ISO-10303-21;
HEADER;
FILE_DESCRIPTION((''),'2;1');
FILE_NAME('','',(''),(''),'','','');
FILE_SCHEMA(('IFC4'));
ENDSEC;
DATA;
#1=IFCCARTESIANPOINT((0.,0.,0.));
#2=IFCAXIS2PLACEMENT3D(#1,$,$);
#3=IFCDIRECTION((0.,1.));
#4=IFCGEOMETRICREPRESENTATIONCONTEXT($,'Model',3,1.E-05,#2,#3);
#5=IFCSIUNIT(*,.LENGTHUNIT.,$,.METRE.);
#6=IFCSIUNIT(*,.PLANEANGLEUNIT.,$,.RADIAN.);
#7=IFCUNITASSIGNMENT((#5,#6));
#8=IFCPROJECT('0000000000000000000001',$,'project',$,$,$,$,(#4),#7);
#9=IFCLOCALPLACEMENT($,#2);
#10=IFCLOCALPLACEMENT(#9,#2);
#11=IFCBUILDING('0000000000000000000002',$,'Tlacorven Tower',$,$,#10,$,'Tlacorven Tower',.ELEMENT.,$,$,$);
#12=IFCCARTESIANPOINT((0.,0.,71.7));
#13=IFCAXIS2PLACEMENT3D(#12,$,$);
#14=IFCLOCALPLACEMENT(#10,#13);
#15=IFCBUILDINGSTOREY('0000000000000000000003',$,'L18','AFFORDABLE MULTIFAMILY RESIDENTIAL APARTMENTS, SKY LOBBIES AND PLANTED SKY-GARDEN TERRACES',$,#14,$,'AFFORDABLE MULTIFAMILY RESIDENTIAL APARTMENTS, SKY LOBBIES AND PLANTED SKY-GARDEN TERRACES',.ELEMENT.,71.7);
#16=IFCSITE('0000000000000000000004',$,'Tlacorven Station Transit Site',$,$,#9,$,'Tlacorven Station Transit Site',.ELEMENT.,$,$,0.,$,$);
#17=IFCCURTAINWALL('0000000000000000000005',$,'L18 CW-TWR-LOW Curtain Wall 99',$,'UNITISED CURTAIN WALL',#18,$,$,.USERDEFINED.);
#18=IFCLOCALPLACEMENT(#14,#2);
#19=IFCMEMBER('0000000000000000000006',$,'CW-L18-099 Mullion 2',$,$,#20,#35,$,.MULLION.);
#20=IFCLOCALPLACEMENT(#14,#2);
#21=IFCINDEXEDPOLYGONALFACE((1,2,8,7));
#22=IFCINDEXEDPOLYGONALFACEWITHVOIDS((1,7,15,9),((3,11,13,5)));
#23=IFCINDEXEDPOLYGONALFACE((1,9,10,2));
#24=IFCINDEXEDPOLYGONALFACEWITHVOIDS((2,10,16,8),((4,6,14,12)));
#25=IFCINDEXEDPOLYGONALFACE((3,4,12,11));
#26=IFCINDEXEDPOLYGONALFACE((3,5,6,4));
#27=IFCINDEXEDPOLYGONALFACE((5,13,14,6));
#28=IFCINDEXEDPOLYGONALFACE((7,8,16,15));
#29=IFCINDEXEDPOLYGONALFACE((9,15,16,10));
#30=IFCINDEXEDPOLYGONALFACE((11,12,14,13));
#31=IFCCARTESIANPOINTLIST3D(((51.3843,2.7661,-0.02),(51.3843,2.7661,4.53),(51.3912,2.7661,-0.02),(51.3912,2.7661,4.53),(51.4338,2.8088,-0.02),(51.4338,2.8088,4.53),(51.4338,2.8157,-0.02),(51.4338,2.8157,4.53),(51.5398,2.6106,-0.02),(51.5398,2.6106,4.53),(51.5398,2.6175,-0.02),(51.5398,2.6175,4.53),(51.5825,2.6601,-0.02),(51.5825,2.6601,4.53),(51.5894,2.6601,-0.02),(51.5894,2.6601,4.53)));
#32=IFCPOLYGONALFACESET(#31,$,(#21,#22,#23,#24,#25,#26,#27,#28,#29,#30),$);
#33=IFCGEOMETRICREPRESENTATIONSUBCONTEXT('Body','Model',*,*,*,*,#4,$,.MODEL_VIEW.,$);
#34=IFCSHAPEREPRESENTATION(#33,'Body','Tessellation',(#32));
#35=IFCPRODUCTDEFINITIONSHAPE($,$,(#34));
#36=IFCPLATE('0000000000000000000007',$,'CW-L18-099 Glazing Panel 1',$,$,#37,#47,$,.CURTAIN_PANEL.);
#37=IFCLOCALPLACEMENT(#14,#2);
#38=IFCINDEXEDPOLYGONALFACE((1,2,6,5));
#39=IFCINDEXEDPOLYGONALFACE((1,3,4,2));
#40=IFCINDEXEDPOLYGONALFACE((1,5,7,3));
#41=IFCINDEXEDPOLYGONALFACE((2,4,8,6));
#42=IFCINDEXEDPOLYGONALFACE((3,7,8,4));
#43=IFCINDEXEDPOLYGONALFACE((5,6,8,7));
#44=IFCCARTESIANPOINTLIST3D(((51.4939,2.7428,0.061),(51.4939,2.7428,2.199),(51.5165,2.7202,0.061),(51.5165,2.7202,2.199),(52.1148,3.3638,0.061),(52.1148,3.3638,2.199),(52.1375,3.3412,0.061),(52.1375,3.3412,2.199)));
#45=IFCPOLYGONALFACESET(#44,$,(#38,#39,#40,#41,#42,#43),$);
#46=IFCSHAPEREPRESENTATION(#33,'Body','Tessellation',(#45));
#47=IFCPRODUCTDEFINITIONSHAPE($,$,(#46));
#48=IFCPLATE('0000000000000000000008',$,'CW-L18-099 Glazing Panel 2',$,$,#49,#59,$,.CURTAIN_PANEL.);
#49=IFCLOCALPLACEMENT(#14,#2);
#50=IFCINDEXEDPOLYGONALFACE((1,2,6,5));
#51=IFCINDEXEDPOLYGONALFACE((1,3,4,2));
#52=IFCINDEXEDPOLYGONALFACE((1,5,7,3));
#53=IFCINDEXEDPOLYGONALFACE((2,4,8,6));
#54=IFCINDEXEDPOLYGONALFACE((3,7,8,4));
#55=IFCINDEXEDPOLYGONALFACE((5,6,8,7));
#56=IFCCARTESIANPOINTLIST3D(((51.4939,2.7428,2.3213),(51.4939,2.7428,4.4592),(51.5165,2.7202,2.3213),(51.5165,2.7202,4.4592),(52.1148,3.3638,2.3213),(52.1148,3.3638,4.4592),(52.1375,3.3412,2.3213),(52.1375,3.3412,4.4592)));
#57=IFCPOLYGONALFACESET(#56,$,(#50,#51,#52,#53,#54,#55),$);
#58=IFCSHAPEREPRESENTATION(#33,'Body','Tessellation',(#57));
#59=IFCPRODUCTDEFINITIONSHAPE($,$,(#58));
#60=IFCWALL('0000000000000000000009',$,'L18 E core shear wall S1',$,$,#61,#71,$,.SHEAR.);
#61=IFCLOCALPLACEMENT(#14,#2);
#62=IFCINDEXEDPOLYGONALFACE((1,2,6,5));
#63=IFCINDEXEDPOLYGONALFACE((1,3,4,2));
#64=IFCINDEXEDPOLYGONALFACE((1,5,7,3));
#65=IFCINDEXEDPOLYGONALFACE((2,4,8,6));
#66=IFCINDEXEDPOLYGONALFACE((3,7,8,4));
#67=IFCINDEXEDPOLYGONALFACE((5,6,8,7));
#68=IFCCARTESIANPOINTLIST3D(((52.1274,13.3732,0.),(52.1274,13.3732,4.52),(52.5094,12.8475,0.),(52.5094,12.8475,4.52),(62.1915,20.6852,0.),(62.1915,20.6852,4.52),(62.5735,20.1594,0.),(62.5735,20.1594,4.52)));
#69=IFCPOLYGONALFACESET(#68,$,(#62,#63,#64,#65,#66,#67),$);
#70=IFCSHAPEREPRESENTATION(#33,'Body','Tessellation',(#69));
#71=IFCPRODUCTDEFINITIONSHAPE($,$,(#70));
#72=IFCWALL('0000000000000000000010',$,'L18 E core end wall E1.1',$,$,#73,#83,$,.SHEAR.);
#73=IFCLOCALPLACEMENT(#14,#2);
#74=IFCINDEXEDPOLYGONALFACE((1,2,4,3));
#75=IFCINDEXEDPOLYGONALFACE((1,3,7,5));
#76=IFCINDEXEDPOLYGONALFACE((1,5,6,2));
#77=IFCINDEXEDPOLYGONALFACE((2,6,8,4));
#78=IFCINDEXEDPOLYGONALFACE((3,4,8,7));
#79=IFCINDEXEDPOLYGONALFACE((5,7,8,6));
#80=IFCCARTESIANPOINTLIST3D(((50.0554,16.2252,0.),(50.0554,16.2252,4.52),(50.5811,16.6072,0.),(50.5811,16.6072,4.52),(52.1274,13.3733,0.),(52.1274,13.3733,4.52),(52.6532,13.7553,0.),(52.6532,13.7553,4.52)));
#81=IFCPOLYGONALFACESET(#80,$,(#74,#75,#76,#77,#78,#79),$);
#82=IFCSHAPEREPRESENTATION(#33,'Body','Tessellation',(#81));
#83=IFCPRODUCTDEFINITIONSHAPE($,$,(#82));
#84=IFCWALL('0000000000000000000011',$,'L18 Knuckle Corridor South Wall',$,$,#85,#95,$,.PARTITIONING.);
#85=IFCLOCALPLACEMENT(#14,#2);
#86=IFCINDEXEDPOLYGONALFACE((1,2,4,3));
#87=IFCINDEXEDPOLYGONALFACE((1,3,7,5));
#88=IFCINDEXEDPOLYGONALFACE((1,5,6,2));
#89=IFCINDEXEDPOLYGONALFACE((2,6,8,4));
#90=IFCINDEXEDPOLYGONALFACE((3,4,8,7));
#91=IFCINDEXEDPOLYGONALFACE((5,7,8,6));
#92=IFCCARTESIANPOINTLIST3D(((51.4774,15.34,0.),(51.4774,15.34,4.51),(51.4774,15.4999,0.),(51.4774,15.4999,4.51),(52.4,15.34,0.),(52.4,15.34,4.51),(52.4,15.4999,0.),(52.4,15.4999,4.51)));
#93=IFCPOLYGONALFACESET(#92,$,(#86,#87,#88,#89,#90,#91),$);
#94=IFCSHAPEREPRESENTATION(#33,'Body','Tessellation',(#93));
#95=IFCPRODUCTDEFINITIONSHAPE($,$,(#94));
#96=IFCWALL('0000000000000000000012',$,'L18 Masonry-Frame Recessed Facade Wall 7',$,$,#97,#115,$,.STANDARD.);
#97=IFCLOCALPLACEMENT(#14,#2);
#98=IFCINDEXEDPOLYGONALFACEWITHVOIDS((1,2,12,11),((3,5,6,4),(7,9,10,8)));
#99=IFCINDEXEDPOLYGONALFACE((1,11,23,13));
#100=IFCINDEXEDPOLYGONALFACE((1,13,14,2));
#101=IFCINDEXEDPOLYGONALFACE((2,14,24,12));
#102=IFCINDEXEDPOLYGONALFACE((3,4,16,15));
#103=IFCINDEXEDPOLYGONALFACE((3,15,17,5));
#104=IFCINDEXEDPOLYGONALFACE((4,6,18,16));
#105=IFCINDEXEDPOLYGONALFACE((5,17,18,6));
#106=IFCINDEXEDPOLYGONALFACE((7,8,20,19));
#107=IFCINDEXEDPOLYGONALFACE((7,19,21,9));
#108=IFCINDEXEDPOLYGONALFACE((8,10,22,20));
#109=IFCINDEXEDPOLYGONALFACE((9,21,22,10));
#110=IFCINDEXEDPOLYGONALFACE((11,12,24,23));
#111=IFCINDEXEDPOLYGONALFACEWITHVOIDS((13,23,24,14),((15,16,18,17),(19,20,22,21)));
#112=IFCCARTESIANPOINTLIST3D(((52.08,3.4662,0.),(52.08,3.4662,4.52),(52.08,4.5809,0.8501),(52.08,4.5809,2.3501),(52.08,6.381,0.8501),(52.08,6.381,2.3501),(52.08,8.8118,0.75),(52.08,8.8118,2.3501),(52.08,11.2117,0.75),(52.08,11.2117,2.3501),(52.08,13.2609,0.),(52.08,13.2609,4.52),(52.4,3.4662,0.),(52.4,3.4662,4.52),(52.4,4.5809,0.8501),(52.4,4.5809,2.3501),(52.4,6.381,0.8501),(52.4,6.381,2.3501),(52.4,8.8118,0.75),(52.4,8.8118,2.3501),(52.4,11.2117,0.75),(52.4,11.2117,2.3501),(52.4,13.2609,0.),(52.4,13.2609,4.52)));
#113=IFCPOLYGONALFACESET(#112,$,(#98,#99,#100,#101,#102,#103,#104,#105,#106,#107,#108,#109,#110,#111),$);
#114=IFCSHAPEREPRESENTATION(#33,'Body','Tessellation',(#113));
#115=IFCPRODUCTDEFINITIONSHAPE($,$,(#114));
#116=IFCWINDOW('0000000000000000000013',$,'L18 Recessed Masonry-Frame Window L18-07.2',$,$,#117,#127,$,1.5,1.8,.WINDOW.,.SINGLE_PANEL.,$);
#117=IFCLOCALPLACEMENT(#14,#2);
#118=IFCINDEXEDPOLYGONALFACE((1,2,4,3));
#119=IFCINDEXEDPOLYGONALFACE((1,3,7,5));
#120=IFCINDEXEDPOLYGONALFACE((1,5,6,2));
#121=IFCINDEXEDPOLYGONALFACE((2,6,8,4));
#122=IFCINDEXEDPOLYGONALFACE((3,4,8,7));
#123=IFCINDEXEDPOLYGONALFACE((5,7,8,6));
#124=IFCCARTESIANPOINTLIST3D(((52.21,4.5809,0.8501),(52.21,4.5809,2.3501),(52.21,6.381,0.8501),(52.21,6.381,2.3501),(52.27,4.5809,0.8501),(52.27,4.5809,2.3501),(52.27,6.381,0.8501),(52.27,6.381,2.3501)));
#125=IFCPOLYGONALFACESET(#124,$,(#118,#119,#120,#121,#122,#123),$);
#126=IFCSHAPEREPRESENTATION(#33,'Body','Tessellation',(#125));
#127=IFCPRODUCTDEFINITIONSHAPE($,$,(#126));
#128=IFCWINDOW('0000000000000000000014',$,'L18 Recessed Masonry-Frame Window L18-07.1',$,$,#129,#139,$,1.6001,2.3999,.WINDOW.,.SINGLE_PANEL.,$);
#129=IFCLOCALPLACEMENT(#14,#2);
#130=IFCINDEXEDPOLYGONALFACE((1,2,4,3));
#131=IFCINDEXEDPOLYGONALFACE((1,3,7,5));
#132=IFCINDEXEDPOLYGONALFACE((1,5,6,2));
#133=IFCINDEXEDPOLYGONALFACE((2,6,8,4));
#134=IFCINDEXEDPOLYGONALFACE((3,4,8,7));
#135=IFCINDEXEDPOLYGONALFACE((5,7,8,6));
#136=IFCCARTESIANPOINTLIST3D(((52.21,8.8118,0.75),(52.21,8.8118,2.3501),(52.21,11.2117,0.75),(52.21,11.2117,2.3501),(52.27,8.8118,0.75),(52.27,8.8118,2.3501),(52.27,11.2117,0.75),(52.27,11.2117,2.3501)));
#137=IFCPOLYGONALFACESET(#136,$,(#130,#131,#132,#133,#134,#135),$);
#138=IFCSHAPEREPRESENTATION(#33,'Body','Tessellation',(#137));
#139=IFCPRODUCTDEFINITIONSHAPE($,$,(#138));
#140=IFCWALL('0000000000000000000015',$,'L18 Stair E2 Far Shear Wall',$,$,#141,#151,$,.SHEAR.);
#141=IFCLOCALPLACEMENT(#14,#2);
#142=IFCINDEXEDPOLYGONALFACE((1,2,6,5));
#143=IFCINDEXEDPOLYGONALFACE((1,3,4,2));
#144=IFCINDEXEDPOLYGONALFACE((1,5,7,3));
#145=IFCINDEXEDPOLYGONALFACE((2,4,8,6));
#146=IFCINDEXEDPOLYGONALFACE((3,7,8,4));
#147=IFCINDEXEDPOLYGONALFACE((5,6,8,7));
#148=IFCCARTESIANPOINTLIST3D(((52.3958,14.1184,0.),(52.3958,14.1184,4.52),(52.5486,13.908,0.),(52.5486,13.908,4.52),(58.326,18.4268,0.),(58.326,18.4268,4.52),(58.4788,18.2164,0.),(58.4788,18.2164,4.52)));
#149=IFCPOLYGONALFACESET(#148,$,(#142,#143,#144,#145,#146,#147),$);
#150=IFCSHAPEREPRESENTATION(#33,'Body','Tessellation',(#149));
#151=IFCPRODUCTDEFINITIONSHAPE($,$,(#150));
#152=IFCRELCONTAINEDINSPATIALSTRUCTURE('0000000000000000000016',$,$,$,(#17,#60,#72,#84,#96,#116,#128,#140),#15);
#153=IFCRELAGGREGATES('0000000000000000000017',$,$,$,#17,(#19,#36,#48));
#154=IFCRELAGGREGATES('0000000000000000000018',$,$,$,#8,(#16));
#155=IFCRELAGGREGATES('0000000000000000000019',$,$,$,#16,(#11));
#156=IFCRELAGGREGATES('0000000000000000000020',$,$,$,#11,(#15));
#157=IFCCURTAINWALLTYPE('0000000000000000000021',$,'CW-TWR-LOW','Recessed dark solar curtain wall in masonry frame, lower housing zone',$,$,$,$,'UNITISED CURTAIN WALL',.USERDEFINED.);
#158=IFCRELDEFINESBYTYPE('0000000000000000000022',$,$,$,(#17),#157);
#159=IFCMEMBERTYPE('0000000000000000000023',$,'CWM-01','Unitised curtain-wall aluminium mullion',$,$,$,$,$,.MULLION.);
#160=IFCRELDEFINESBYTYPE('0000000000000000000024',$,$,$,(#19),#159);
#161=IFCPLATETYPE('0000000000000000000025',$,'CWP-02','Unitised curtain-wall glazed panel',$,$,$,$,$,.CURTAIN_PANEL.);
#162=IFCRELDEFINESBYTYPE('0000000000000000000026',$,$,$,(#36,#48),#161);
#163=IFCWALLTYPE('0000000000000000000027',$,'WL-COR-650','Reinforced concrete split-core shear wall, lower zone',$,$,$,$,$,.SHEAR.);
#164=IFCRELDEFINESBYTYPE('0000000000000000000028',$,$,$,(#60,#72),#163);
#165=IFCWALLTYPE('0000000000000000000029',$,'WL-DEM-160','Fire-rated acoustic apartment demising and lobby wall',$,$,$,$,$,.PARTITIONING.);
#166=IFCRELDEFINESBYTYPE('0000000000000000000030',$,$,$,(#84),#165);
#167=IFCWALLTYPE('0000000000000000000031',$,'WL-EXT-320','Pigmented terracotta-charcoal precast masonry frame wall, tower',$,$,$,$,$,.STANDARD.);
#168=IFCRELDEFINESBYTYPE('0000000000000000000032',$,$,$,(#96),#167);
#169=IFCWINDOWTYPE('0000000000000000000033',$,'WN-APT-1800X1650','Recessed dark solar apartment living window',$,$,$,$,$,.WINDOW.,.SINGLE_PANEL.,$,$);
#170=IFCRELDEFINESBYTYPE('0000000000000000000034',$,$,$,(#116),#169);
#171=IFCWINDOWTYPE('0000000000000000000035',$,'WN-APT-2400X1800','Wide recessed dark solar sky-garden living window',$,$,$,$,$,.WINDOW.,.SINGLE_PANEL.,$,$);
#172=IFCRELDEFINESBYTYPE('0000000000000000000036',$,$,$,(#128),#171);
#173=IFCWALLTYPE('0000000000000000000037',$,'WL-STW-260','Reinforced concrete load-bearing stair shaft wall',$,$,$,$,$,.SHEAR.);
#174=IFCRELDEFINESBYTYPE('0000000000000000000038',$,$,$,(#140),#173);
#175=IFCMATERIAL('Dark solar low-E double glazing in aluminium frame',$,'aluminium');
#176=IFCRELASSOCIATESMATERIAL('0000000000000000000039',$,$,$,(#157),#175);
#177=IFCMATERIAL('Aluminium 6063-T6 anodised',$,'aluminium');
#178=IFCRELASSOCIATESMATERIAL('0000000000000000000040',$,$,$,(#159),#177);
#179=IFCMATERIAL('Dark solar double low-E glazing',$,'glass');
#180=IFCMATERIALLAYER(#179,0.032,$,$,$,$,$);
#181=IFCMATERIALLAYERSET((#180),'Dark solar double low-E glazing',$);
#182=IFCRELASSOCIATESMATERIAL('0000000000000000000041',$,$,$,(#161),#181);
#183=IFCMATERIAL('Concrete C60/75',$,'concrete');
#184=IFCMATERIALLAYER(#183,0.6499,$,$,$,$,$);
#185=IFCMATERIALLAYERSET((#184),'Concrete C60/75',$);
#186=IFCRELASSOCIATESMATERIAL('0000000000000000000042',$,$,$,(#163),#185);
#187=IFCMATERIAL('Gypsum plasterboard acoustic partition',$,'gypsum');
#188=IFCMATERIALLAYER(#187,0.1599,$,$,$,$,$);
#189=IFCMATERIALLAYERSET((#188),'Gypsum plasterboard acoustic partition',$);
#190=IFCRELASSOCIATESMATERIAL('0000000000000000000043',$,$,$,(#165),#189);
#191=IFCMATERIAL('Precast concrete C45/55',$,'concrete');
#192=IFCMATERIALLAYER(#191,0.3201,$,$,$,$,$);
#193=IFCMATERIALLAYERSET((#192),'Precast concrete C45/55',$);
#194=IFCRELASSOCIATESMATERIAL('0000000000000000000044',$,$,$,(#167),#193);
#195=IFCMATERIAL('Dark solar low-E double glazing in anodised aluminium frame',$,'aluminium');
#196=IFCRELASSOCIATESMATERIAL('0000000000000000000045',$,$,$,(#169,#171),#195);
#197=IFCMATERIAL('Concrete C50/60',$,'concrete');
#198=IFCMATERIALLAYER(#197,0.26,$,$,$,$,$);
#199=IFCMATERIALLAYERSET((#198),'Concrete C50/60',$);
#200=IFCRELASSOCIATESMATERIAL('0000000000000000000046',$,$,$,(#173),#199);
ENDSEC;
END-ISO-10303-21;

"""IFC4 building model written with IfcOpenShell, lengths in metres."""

from ifc_helpers import new_model, si_unit, direction, frame, frame_2d, origin, origin_2d, place, context, subcontext, project, spatial, rectangle, hollow_rectangle, extrude, source, transform, mapped, material, layer, layer_set, material_profile, profile_set, type_object, element, fill, aggregate, save


model = new_model("IFC4")

# Units and contexts
model_context = context("Model", 3, precision=1e-05, world=origin(), true_north=direction((0.0, 1.0)))
body_context = subcontext(model_context, "Body", "Model", "MODEL_VIEW")
ifc_project = project(units=[si_unit("LENGTHUNIT", "METRE"), si_unit("PLANEANGLEUNIT", "RADIAN")], contexts=[model_context])

# Site, building, storey
site_placement = place(None, origin())
site = spatial("IfcSite", under=ifc_project, at=site_placement, Name="Tlacorven Station Transit Site", LongName="Tlacorven Station Transit Site", CompositionType="ELEMENT", RefElevation=0.0)
building_placement = place(site_placement, origin())
building = spatial("IfcBuilding", under=site, at=building_placement, Name="Tlacorven Tower", LongName="Tlacorven Tower", CompositionType="ELEMENT")
storey_placement = place(building_placement, frame((0.0, 0.0, 71.7)))
storey = spatial("IfcBuildingStorey", under=building, at=storey_placement, Name="L18", Description="AFFORDABLE MULTIFAMILY RESIDENTIAL APARTMENTS, SKY LOBBIES AND PLANTED SKY-GARDEN TERRACES", LongName="AFFORDABLE MULTIFAMILY RESIDENTIAL APARTMENTS, SKY LOBBIES AND PLANTED SKY-GARDEN TERRACES", CompositionType="ELEMENT", Elevation=71.7)

# Curtain wall, member, plates
ifc_material_1 = material(Name="Dark solar low-E double glazing in aluminium frame", Category="aluminium")
curtain_wall_type = type_object("IfcCurtainWallType", Name="CW-TWR-LOW", Description="Recessed dark solar curtain wall in masonry frame, lower housing zone", ElementType="UNITISED CURTAIN WALL", PredefinedType="USERDEFINED", material=ifc_material_1)
curtain_wall_placement = place(storey_placement, origin())
curtain_wall = element("IfcCurtainWall", 1, at=curtain_wall_placement, inside=storey, type_object=curtain_wall_type, Name="L18 CW-TWR-LOW Curtain Wall 99", ObjectType="UNITISED CURTAIN WALL", PredefinedType="USERDEFINED")
ifc_material_2 = material(Name="Aluminium 6063-T6 anodised", Category="aluminium")
ifc_material_profile_1 = material_profile(ifc_material_2, hollow_rectangle(XDim=0.0701, YDim=0.22, WallThickness=0.0049, at=origin_2d()), Name="ALU MULLION 70X220")
ifc_profile_set_1 = profile_set([ifc_material_profile_1], Name="Aluminium 6063-T6 anodised")
member_type_1 = type_object("IfcMemberType", Name="CWM-01", Description="Unitised curtain-wall aluminium mullion", PredefinedType="MULLION", material=ifc_profile_set_1)
shared_shape_1 = source(origin(), body_context, "Body", "SweptSolid", [
    extrude(hollow_rectangle(XDim=0.0701, YDim=0.22, WallThickness=0.0049, at=origin_2d()), origin(), (0.0, 0.0, 1.0), 4.55),
])
member_1_placement = place(storey_placement, frame((51.4868, 2.7131, -0.02), z_axis=(0.0, 0.0, 1.0), x_axis=(-0.707107, -0.707107, 0.0)))
member_1 = element("IfcMember", 2, at=member_1_placement, type_object=member_type_1, Name="CW-L18-099 Mullion 2", PredefinedType="MULLION", context=body_context, shape_type="MappedRepresentation", body=[
    mapped(shared_shape_1, transform((0.0, 0.0, 0.0), scale=1.0)),
])
ifc_material_3 = material(Name="Dark solar double low-E glazing", Category="glass")
ifc_layer_1 = layer(ifc_material_3, 0.032)
ifc_layer_set_1 = layer_set([ifc_layer_1], Name="Dark solar double low-E glazing")
plate_type = type_object("IfcPlateType", Name="CWP-02", Description="Unitised curtain-wall glazed panel", PredefinedType="CURTAIN_PANEL", material=ifc_layer_set_1)
shared_shape_2 = source(origin(), body_context, "Body", "SweptSolid", [
    extrude(rectangle(XDim=0.8782, YDim=0.032, at=origin_2d()), origin(), (0.0, 0.0, 1.0), 2.1379),
])
plate_1_placement = place(storey_placement, frame((51.8157, 3.042, 0.061), z_axis=(0.0, 0.0, 1.0), x_axis=(-0.707107, -0.707107, 0.0)))
plate_1 = element("IfcPlate", 3, at=plate_1_placement, type_object=plate_type, Name="CW-L18-099 Glazing Panel 1", PredefinedType="CURTAIN_PANEL", context=body_context, shape_type="MappedRepresentation", body=[
    mapped(shared_shape_2, transform((0.0, 0.0, 0.0), scale=1.0)),
])
plate_2_placement = place(storey_placement, frame((51.8157, 3.042, 2.3213), z_axis=(0.0, 0.0, 1.0), x_axis=(-0.707107, -0.707107, 0.0)))
plate_2 = element("IfcPlate", 4, at=plate_2_placement, type_object=plate_type, Name="CW-L18-099 Glazing Panel 2", PredefinedType="CURTAIN_PANEL", context=body_context, shape_type="MappedRepresentation", body=[
    mapped(shared_shape_2, transform((0.0, 0.0, 0.0), scale=1.0)),
])
aggregate(curtain_wall, [member_1, plate_1, plate_2])

# Walls
ifc_material_4 = material(Name="Concrete C60/75", Category="concrete")
ifc_layer_2 = layer(ifc_material_4, 0.6499)
ifc_layer_set_2 = layer_set([ifc_layer_2], Name="Concrete C60/75")
wall_type_1 = type_object("IfcWallType", Name="WL-COR-650", Description="Reinforced concrete split-core shear wall, lower zone", PredefinedType="SHEAR", material=ifc_layer_set_2)
wall_1_placement = place(storey_placement, frame((52.3184, 13.1104, 0.0), z_axis=(0.0, 0.0, 1.0), x_axis=(0.809019, 0.587782, 0.0)))
element("IfcWall", 5, at=wall_1_placement, inside=storey, type_object=wall_type_1, Name="L18 E core shear wall S1", PredefinedType="SHEAR", context=body_context, shape_type="SweptSolid", body=[
    extrude(rectangle(XDim=12.4399, YDim=0.6499, at=frame_2d((6.22, 0.0))), origin(), (0.0, 0.0, 1.0), 4.52),
])
wall_2_placement = place(storey_placement, frame((52.3904, 13.5642, 0.0), z_axis=(0.0, 0.0, 1.0), x_axis=(-0.587797, 0.809009, 0.0)))
element("IfcWall", 6, at=wall_2_placement, inside=storey, type_object=wall_type_1, Name="L18 E core end wall E1.1", PredefinedType="SHEAR", context=body_context, shape_type="SweptSolid", body=[
    extrude(rectangle(XDim=3.5251, YDim=0.6499, at=frame_2d((1.7627, 0.0))), origin(), (0.0, 0.0, 1.0), 4.52),
])
ifc_material_5 = material(Name="Gypsum plasterboard acoustic partition", Category="gypsum")
ifc_layer_3 = layer(ifc_material_5, 0.1599)
ifc_layer_set_3 = layer_set([ifc_layer_3], Name="Gypsum plasterboard acoustic partition")
wall_type_2 = type_object("IfcWallType", Name="WL-DEM-160", Description="Fire-rated acoustic apartment demising and lobby wall", PredefinedType="PARTITIONING", material=ifc_layer_set_3)
wall_3_placement = place(storey_placement, frame((51.4773, 15.4199, 0.0), z_axis=(0.0, 0.0, 1.0), x_axis=(1.0, 0.0, 0.0)))
element("IfcWall", 7, at=wall_3_placement, inside=storey, type_object=wall_type_2, Name="L18 Knuckle Corridor South Wall", PredefinedType="PARTITIONING", context=body_context, shape_type="SweptSolid", body=[
    extrude(rectangle(XDim=0.9226, YDim=0.1599, at=frame_2d((0.4614, 0.0))), origin(), (0.0, 0.0, 1.0), 4.51),
])

# Wall, openings, windows
ifc_material_6 = material(Name="Precast concrete C45/55", Category="concrete")
ifc_layer_4 = layer(ifc_material_6, 0.3201)
ifc_layer_set_4 = layer_set([ifc_layer_4], Name="Precast concrete C45/55")
wall_type_3 = type_object("IfcWallType", Name="WL-EXT-320", Description="Pigmented terracotta-charcoal precast masonry frame wall, tower", PredefinedType="STANDARD", material=ifc_layer_set_4)
wall_4_placement = place(storey_placement, frame((52.24, 13.261, 0.0), z_axis=(0.0, 0.0, 1.0), x_axis=(0.0, -1.0, 0.0)))
wall_4 = element("IfcWall", 8, at=wall_4_placement, inside=storey, type_object=wall_type_3, Name="L18 Masonry-Frame Recessed Facade Wall 7", PredefinedType="STANDARD", context=body_context, shape_type="SweptSolid", body=[
    extrude(rectangle(XDim=9.7947, YDim=0.3201, at=frame_2d((4.8975, 0.0))), origin(), (0.0, 0.0, 1.0), 4.52),
])
opening_1_placement = place(wall_4_placement, frame((2.0493, 0.0, 0.75)))
opening_1 = element("IfcOpeningElement", 9, at=opening_1_placement, cuts=wall_4, PredefinedType="OPENING", context=body_context, shape_type="SweptSolid", body=[
    extrude(rectangle(XDim=2.3999, YDim=1.6001, at=frame_2d((1.2, 0.8))), frame((0.0, 0.1699, 0.0), z_axis=(0.0, -1.0, 0.0), x_axis=(1.0, 0.0, 0.0)), (0.0, 0.0, 1.0), 0.3401),
])
opening_2_placement = place(wall_4_placement, frame((6.8801, 0.0, 0.8501)))
opening_2 = element("IfcOpeningElement", 10, at=opening_2_placement, cuts=wall_4, PredefinedType="OPENING", context=body_context, shape_type="SweptSolid", body=[
    extrude(rectangle(XDim=1.8, YDim=1.5, at=frame_2d((0.8999, 0.75))), frame((0.0, 0.1699, 0.0), z_axis=(0.0, -1.0, 0.0), x_axis=(1.0, 0.0, 0.0)), (0.0, 0.0, 1.0), 0.3401),
])
ifc_material_7 = material(Name="Dark solar low-E double glazing in anodised aluminium frame", Category="aluminium")
window_type_1 = type_object("IfcWindowType", Name="WN-APT-1800X1650", Description="Recessed dark solar apartment living window", PartitioningType="SINGLE_PANEL", PredefinedType="WINDOW", material=ifc_material_7)
shared_shape_3 = source(origin(), body_context, "Body", "SweptSolid", [
    extrude(rectangle(XDim=1.8, YDim=1.5, at=frame_2d((0.8999, 0.75))), frame((0.0, 0.03, 0.0), z_axis=(0.0, -1.0, 0.0), x_axis=(1.0, 0.0, 0.0)), (0.0, 0.0, 1.0), 0.0601),
])
window_1_placement = place(opening_2_placement, origin())
window_1 = element("IfcWindow", 11, at=window_1_placement, inside=storey, type_object=window_type_1, Name="L18 Recessed Masonry-Frame Window L18-07.2", OverallHeight=1.5, OverallWidth=1.8, PartitioningType="SINGLE_PANEL", PredefinedType="WINDOW", context=body_context, shape_type="MappedRepresentation", body=[
    mapped(shared_shape_3, transform((0.0, 0.0, 0.0), scale=1.0)),
])
fill(opening_2, window_1)
window_type_2 = type_object("IfcWindowType", Name="WN-APT-2400X1800", Description="Wide recessed dark solar sky-garden living window", PartitioningType="SINGLE_PANEL", PredefinedType="WINDOW", material=ifc_material_7)
shared_shape_4 = source(origin(), body_context, "Body", "SweptSolid", [
    extrude(rectangle(XDim=2.3999, YDim=1.6001, at=frame_2d((1.2, 0.8))), frame((0.0, 0.03, 0.0), z_axis=(0.0, -1.0, 0.0), x_axis=(1.0, 0.0, 0.0)), (0.0, 0.0, 1.0), 0.0601),
])
window_2_placement = place(opening_1_placement, origin())
window_2 = element("IfcWindow", 12, at=window_2_placement, inside=storey, type_object=window_type_2, Name="L18 Recessed Masonry-Frame Window L18-07.1", OverallHeight=1.6001, OverallWidth=2.3999, PartitioningType="SINGLE_PANEL", PredefinedType="WINDOW", context=body_context, shape_type="MappedRepresentation", body=[
    mapped(shared_shape_4, transform((0.0, 0.0, 0.0), scale=1.0)),
])
fill(opening_1, window_2)

# Wall
ifc_material_8 = material(Name="Concrete C50/60", Category="concrete")
ifc_layer_5 = layer(ifc_material_8, 0.26)
ifc_layer_set_5 = layer_set([ifc_layer_5], Name="Concrete C50/60")
wall_type_4 = type_object("IfcWallType", Name="WL-STW-260", Description="Reinforced concrete load-bearing stair shaft wall", PredefinedType="SHEAR", material=ifc_layer_set_5)
wall_5_placement = place(storey_placement, frame((52.4722, 14.0132, 0.0), z_axis=(0.0, 0.0, 1.0), x_axis=(0.809028, 0.58777, 0.0)))
element("IfcWall", 13, at=wall_5_placement, inside=storey, type_object=wall_type_4, Name="L18 Stair E2 Far Shear Wall", PredefinedType="SHEAR", context=body_context, shape_type="SweptSolid", body=[
    extrude(rectangle(XDim=7.3301, YDim=0.26, at=frame_2d((3.665, 0.0))), origin(), (0.0, 0.0, 1.0), 4.52),
])

save(model, "model.ifc")
